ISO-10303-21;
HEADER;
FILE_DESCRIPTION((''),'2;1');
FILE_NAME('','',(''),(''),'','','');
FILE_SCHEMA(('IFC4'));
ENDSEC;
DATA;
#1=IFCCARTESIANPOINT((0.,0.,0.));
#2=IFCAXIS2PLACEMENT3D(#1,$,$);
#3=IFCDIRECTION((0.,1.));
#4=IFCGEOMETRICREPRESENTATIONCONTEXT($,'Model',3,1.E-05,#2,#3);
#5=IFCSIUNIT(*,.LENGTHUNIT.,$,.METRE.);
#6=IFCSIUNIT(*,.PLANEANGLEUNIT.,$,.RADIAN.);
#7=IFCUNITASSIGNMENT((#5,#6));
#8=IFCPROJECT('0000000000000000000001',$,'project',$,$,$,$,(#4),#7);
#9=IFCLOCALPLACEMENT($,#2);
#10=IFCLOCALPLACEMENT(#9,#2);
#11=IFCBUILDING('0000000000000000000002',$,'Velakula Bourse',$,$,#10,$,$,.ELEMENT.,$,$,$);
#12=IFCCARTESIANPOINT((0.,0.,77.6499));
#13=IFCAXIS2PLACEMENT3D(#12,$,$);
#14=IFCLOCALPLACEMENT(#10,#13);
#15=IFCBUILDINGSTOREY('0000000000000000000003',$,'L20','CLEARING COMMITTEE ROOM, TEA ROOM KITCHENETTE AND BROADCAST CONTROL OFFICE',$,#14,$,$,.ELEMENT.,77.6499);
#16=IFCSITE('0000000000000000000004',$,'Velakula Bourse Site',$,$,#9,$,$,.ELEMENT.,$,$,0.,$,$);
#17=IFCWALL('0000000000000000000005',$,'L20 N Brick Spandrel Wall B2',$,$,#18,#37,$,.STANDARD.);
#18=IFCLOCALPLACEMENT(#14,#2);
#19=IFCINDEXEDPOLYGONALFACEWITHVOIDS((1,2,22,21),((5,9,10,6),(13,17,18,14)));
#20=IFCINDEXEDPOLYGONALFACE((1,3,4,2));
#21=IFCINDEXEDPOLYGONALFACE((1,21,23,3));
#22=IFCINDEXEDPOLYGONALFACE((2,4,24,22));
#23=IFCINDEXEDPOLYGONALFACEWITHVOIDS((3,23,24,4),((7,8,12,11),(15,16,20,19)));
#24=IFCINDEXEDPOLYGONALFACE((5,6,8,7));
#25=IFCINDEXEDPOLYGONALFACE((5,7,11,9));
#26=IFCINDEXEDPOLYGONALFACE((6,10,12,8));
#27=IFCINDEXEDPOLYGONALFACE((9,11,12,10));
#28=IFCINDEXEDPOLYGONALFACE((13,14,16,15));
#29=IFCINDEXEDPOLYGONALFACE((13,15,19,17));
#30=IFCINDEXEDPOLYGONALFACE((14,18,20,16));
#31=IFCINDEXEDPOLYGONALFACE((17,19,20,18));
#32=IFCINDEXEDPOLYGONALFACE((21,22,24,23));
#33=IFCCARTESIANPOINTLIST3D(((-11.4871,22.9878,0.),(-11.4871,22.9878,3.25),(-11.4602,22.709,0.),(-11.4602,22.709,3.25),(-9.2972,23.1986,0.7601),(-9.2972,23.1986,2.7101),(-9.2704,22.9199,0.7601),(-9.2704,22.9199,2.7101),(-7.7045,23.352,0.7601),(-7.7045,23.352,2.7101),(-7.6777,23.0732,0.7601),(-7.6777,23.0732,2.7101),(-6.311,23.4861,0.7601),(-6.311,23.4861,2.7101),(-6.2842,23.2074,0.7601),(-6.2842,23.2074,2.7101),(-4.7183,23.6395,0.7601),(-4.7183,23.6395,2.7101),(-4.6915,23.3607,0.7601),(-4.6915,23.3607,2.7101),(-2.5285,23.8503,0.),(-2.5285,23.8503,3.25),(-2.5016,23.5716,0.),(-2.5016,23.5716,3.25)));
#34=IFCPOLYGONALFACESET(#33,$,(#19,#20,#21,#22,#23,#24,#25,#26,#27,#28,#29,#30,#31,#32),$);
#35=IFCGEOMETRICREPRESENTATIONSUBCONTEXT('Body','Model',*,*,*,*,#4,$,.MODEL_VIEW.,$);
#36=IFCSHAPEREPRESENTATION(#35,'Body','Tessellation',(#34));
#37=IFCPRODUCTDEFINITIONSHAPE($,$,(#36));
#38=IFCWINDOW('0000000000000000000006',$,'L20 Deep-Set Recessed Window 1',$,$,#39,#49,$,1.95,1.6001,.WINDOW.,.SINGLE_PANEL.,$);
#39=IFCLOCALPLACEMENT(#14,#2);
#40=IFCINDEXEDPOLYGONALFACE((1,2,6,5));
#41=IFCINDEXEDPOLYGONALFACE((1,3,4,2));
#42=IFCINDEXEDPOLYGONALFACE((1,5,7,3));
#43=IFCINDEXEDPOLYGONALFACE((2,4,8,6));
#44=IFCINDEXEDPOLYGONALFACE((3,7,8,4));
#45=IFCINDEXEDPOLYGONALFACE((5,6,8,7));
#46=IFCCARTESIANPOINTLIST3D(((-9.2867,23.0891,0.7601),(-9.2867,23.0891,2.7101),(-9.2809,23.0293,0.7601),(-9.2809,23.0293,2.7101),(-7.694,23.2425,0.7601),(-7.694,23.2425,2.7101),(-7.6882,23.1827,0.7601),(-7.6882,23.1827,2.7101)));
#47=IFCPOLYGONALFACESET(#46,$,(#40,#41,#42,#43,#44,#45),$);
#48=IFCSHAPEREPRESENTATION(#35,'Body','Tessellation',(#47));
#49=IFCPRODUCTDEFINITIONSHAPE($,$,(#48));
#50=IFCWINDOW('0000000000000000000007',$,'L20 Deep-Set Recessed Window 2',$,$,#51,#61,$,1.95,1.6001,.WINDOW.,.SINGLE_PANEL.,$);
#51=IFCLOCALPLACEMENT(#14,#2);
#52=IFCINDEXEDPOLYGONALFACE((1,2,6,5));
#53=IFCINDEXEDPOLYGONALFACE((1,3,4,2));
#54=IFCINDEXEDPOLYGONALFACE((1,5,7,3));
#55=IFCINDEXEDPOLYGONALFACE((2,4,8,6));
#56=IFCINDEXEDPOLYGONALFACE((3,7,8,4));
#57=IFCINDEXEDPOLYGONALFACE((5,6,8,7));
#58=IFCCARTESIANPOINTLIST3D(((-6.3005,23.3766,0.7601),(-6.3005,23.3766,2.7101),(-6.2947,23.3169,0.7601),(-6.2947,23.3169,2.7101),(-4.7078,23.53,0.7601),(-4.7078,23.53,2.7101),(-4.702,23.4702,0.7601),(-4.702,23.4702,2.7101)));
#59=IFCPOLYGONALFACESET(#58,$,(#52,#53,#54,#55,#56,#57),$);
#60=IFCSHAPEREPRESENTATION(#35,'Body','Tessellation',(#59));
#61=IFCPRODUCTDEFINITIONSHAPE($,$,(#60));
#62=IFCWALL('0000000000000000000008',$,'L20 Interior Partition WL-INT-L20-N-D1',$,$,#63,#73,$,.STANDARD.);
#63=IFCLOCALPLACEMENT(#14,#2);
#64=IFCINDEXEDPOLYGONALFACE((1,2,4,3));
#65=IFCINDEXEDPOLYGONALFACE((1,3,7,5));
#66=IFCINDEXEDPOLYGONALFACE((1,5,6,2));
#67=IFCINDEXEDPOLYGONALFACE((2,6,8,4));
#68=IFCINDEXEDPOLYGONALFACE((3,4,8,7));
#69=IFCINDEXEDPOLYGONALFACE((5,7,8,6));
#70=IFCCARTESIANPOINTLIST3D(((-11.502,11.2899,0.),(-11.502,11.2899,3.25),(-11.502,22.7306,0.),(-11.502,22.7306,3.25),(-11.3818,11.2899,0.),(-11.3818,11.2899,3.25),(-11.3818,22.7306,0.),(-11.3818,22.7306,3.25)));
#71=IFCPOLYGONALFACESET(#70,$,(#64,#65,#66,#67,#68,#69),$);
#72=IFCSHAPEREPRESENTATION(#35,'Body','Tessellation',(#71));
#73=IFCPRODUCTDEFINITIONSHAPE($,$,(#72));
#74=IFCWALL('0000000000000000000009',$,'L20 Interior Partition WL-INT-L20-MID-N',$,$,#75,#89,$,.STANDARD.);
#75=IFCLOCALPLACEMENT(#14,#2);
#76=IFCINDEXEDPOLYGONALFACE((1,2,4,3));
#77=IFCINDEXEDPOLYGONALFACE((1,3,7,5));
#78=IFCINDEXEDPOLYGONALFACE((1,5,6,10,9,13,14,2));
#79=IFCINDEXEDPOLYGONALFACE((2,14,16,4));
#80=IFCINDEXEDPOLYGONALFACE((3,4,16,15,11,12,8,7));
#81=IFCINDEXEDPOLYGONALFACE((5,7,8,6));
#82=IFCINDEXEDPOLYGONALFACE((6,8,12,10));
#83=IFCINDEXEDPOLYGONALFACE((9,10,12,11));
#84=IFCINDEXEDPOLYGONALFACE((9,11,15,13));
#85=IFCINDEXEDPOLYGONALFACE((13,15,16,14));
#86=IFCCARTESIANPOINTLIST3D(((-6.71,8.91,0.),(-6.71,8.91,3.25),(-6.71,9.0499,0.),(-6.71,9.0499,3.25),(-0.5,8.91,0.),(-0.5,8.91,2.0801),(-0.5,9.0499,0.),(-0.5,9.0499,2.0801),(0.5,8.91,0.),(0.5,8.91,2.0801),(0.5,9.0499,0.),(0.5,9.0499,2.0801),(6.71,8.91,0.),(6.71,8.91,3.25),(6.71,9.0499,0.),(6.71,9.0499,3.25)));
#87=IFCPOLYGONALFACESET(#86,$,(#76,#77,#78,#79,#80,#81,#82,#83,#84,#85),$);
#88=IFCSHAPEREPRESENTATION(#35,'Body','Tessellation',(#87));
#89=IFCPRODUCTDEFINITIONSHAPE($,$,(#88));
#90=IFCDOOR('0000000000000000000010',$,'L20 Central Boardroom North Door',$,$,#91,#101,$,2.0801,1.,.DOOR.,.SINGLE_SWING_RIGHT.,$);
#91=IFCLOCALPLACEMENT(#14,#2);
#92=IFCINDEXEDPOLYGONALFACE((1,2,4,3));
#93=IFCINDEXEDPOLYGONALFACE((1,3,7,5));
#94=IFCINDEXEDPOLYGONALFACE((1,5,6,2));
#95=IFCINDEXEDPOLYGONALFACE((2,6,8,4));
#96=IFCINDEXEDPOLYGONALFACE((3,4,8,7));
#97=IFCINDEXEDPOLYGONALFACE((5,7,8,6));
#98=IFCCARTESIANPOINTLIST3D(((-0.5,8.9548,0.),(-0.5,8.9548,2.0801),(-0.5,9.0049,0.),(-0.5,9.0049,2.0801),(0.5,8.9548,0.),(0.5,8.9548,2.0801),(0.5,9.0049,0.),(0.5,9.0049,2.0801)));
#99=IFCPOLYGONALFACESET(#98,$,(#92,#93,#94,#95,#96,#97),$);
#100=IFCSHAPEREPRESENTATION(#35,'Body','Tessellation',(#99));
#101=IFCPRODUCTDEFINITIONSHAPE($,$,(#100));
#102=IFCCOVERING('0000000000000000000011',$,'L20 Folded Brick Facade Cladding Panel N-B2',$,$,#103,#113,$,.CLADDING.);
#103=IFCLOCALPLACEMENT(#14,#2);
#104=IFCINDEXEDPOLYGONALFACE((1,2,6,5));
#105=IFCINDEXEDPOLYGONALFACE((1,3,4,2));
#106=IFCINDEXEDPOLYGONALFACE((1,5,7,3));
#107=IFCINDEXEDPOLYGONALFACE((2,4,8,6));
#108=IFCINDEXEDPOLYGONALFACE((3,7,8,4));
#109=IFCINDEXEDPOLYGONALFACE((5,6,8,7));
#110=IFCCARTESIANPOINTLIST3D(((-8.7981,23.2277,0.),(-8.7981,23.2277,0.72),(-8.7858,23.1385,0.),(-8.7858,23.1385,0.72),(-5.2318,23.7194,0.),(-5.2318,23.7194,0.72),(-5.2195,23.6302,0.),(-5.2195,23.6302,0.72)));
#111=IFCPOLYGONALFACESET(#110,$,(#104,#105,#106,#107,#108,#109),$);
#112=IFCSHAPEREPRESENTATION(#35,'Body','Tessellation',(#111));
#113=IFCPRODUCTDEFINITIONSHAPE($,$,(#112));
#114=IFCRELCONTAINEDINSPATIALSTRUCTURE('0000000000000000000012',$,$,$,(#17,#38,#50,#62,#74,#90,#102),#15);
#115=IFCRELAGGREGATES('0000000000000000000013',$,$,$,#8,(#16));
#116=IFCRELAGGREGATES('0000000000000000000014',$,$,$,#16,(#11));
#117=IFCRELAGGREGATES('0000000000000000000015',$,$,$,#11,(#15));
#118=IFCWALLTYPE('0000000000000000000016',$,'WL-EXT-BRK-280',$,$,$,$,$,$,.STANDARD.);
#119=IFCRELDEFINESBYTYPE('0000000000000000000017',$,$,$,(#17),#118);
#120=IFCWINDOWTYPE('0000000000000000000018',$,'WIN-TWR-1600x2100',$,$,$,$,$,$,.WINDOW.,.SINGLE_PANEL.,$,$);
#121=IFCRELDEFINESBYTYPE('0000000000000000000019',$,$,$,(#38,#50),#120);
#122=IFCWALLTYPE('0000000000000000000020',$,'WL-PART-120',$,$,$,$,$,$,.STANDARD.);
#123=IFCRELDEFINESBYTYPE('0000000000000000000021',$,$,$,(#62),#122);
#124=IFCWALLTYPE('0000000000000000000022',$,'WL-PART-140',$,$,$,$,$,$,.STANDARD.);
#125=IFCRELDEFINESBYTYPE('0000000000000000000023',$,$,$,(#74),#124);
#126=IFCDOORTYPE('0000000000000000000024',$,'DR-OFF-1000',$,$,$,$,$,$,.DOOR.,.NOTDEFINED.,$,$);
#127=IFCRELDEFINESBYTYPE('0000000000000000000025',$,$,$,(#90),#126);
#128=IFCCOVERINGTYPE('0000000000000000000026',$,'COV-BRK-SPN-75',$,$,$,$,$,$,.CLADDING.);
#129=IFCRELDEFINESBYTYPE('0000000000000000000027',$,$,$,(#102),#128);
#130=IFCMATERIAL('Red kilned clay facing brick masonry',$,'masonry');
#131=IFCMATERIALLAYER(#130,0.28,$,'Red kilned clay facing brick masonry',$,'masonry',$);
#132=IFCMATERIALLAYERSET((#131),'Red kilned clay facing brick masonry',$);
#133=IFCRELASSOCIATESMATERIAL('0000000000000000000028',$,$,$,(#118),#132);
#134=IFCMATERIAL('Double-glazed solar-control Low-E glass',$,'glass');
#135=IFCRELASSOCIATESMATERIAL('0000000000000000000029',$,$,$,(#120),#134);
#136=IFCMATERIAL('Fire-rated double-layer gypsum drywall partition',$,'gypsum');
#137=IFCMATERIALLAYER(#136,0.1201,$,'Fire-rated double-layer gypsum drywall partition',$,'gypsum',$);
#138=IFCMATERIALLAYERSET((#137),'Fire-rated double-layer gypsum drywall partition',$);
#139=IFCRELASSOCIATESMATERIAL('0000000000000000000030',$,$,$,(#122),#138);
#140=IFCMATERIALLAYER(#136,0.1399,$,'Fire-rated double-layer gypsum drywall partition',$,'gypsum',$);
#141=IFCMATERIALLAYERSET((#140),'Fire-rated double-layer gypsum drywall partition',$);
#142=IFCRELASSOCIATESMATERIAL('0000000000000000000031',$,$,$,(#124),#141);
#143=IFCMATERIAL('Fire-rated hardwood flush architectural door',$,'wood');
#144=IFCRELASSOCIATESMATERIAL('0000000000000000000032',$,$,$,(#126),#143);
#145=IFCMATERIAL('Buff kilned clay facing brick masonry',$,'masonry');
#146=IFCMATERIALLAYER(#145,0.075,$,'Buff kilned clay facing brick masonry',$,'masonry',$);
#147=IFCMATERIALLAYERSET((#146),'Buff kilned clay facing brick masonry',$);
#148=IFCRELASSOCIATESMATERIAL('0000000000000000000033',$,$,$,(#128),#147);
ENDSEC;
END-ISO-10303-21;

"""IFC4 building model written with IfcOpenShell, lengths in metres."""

from ifc_helpers import new_model, si_unit, direction, frame, frame_2d, origin, origin_2d, place, context, subcontext, project, spatial, rectangle, extrude, material, layer, layer_set, type_object, element, fill, save


model = new_model("IFC4")

# Units and contexts
model_context = context("Model", 3, precision=1e-05, world=origin(), true_north=direction((0.0, 1.0)))
body_context = subcontext(model_context, "Body", "Model", "MODEL_VIEW")
ifc_project = project(units=[si_unit("LENGTHUNIT", "METRE"), si_unit("PLANEANGLEUNIT", "RADIAN")], contexts=[model_context])

# Site, building, storey
site_placement = place(None, origin())
site = spatial("IfcSite", under=ifc_project, at=site_placement, Name="Velakula Bourse Site", CompositionType="ELEMENT", RefElevation=0.0)
building_placement = place(site_placement, origin())
building = spatial("IfcBuilding", under=site, at=building_placement, Name="Velakula Bourse", CompositionType="ELEMENT")
storey_placement = place(building_placement, frame((0.0, 0.0, 77.6499)))
storey = spatial("IfcBuildingStorey", under=building, at=storey_placement, Name="L20", Description="CLEARING COMMITTEE ROOM, TEA ROOM KITCHENETTE AND BROADCAST CONTROL OFFICE", CompositionType="ELEMENT", Elevation=77.6499)

# Wall, openings, windows
ifc_material_1 = material(Name="Red kilned clay facing brick masonry", Category="masonry")
ifc_layer_1 = layer(ifc_material_1, 0.28, Name="Red kilned clay facing brick masonry", Category="masonry")
ifc_layer_set_1 = layer_set([ifc_layer_1], Name="Red kilned clay facing brick masonry")
wall_type_1 = type_object("IfcWallType", Name="WL-EXT-BRK-280", PredefinedType="STANDARD", material=ifc_layer_set_1)
wall_1_placement = place(storey_placement, frame((-11.4736, 22.8484, 0.0), z_axis=(0.0, 0.0, 1.0), x_axis=(0.995397, 0.09584, 0.0)))
wall_1 = element("IfcWall", 1, at=wall_1_placement, inside=storey, type_object=wall_type_1, Name="L20 N Brick Spandrel Wall B2", PredefinedType="STANDARD", context=body_context, shape_type="SweptSolid", body=[
    extrude(rectangle(XDim=9.0, YDim=0.28, at=frame_2d((4.5, 0.0))), origin(), (0.0, 0.0, 1.0), 3.25),
])
opening_1_placement = place(wall_1_placement, frame((2.2, 0.0, 0.76)))
opening_1 = element("IfcOpeningElement", 2, at=opening_1_placement, cuts=wall_1, PredefinedType="OPENING", context=body_context, shape_type="SweptSolid", body=[
    extrude(rectangle(XDim=1.6001, YDim=1.95, at=frame_2d((0.8, 0.9751))), frame((0.0, 0.1499, 0.0), z_axis=(0.0, -1.0, 0.0), x_axis=(1.0, 0.0, 0.0)), (0.0, 0.0, 1.0), 0.3),
])
opening_2_placement = place(wall_1_placement, frame((5.2, 0.0, 0.76)))
opening_2 = element("IfcOpeningElement", 3, at=opening_2_placement, cuts=wall_1, PredefinedType="OPENING", context=body_context, shape_type="SweptSolid", body=[
    extrude(rectangle(XDim=1.6001, YDim=1.95, at=frame_2d((0.8, 0.9751))), frame((0.0, 0.1499, 0.0), z_axis=(0.0, -1.0, 0.0), x_axis=(1.0, 0.0, 0.0)), (0.0, 0.0, 1.0), 0.3),
])
ifc_material_2 = material(Name="Double-glazed solar-control Low-E glass", Category="glass")
window_type = type_object("IfcWindowType", Name="WIN-TWR-1600x2100", PartitioningType="SINGLE_PANEL", PredefinedType="WINDOW", material=ifc_material_2)
window_1_placement = place(opening_1_placement, origin())
window_1 = element("IfcWindow", 4, at=window_1_placement, inside=storey, type_object=window_type, Name="L20 Deep-Set Recessed Window 1", OverallHeight=1.95, OverallWidth=1.6001, PartitioningType="SINGLE_PANEL", PredefinedType="WINDOW", context=body_context, shape_type="SweptSolid", body=[
    extrude(rectangle(XDim=1.6001, YDim=1.95, at=frame_2d((0.8, 0.9751))), frame((0.0, 0.03, 0.0), z_axis=(0.0, -1.0, 0.0), x_axis=(1.0, 0.0, 0.0)), (0.0, 0.0, 1.0), 0.0601),
])
fill(opening_1, window_1)
window_2_placement = place(opening_2_placement, origin())
window_2 = element("IfcWindow", 5, at=window_2_placement, inside=storey, type_object=window_type, Name="L20 Deep-Set Recessed Window 2", OverallHeight=1.95, OverallWidth=1.6001, PartitioningType="SINGLE_PANEL", PredefinedType="WINDOW", context=body_context, shape_type="SweptSolid", body=[
    extrude(rectangle(XDim=1.6001, YDim=1.95, at=frame_2d((0.8, 0.9751))), frame((0.0, 0.03, 0.0), z_axis=(0.0, -1.0, 0.0), x_axis=(1.0, 0.0, 0.0)), (0.0, 0.0, 1.0), 0.0601),
])
fill(opening_2, window_2)

# Wall
ifc_material_3 = material(Name="Fire-rated double-layer gypsum drywall partition", Category="gypsum")
ifc_layer_2 = layer(ifc_material_3, 0.1201, Name="Fire-rated double-layer gypsum drywall partition", Category="gypsum")
ifc_layer_set_2 = layer_set([ifc_layer_2], Name="Fire-rated double-layer gypsum drywall partition")
wall_type_2 = type_object("IfcWallType", Name="WL-PART-120", PredefinedType="STANDARD", material=ifc_layer_set_2)
wall_2_placement = place(storey_placement, frame((-11.4419, 11.29, 0.0), z_axis=(0.0, 0.0, 1.0), x_axis=(0.0, 1.0, 0.0)))
element("IfcWall", 6, at=wall_2_placement, inside=storey, type_object=wall_type_2, Name="L20 Interior Partition WL-INT-L20-N-D1", PredefinedType="STANDARD", context=body_context, shape_type="SweptSolid", body=[
    extrude(rectangle(XDim=11.4407, YDim=0.1201, at=frame_2d((5.7202, 0.0))), origin(), (0.0, 0.0, 1.0), 3.25),
])

# Wall, opening, door
ifc_layer_3 = layer(ifc_material_3, 0.1399, Name="Fire-rated double-layer gypsum drywall partition", Category="gypsum")
ifc_layer_set_3 = layer_set([ifc_layer_3], Name="Fire-rated double-layer gypsum drywall partition")
wall_type_3 = type_object("IfcWallType", Name="WL-PART-140", PredefinedType="STANDARD", material=ifc_layer_set_3)
wall_3_placement = place(storey_placement, frame((-6.71, 8.98, 0.0), z_axis=(0.0, 0.0, 1.0), x_axis=(1.0, 0.0, 0.0)))
wall_3 = element("IfcWall", 7, at=wall_3_placement, inside=storey, type_object=wall_type_3, Name="L20 Interior Partition WL-INT-L20-MID-N", PredefinedType="STANDARD", context=body_context, shape_type="SweptSolid", body=[
    extrude(rectangle(XDim=13.4199, YDim=0.1399, at=frame_2d((6.71, 0.0))), origin(), (0.0, 0.0, 1.0), 3.25),
])
opening_3_placement = place(wall_3_placement, frame((6.21, 0.0, 0.0)))
opening_3 = element("IfcOpeningElement", 8, at=opening_3_placement, cuts=wall_3, PredefinedType="OPENING", context=body_context, shape_type="SweptSolid", body=[
    extrude(rectangle(XDim=1.0, YDim=2.0801, at=frame_2d((0.5, 1.04))), frame((0.0, 0.0798, 0.0), z_axis=(0.0, -1.0, 0.0), x_axis=(1.0, 0.0, 0.0)), (0.0, 0.0, 1.0), 0.1599),
])
ifc_material_4 = material(Name="Fire-rated hardwood flush architectural door", Category="wood")
door_type = type_object("IfcDoorType", Name="DR-OFF-1000", OperationType="NOTDEFINED", PredefinedType="DOOR", material=ifc_material_4)
door_placement = place(opening_3_placement, origin())
door = element("IfcDoor", 9, at=door_placement, inside=storey, type_object=door_type, Name="L20 Central Boardroom North Door", OperationType="SINGLE_SWING_RIGHT", OverallHeight=2.0801, OverallWidth=1.0, PredefinedType="DOOR", context=body_context, shape_type="SweptSolid", body=[
    extrude(rectangle(XDim=1.0, YDim=2.0801, at=frame_2d((0.5, 1.04))), frame((0.0, 0.0249, 0.0), z_axis=(0.0, -1.0, 0.0), x_axis=(1.0, 0.0, 0.0)), (0.0, 0.0, 1.0), 0.05),
])
fill(opening_3, door)

# Covering
ifc_material_5 = material(Name="Buff kilned clay facing brick masonry", Category="masonry")
ifc_layer_4 = layer(ifc_material_5, 0.075, Name="Buff kilned clay facing brick masonry", Category="masonry")
ifc_layer_set_4 = layer_set([ifc_layer_4], Name="Buff kilned clay facing brick masonry")
covering_type = type_object("IfcCoveringType", Name="COV-BRK-SPN-75", PredefinedType="CLADDING", material=ifc_layer_set_4)
covering_placement = place(storey_placement, frame((-7.0088, 23.429, 0.0), z_axis=(0.0, 0.0, 1.0), x_axis=(0.990629, 0.13658, 0.0)))
element("IfcCovering", 10, at=covering_placement, inside=storey, type_object=covering_type, Name="L20 Folded Brick Facade Cladding Panel N-B2", PredefinedType="CLADDING", context=body_context, shape_type="SweptSolid", body=[
    extrude(rectangle(XDim=3.6001, YDim=0.0901, at=origin_2d()), origin(), (0.0, 0.0, 1.0), 0.72),
])

save(model, "model.ifc")
